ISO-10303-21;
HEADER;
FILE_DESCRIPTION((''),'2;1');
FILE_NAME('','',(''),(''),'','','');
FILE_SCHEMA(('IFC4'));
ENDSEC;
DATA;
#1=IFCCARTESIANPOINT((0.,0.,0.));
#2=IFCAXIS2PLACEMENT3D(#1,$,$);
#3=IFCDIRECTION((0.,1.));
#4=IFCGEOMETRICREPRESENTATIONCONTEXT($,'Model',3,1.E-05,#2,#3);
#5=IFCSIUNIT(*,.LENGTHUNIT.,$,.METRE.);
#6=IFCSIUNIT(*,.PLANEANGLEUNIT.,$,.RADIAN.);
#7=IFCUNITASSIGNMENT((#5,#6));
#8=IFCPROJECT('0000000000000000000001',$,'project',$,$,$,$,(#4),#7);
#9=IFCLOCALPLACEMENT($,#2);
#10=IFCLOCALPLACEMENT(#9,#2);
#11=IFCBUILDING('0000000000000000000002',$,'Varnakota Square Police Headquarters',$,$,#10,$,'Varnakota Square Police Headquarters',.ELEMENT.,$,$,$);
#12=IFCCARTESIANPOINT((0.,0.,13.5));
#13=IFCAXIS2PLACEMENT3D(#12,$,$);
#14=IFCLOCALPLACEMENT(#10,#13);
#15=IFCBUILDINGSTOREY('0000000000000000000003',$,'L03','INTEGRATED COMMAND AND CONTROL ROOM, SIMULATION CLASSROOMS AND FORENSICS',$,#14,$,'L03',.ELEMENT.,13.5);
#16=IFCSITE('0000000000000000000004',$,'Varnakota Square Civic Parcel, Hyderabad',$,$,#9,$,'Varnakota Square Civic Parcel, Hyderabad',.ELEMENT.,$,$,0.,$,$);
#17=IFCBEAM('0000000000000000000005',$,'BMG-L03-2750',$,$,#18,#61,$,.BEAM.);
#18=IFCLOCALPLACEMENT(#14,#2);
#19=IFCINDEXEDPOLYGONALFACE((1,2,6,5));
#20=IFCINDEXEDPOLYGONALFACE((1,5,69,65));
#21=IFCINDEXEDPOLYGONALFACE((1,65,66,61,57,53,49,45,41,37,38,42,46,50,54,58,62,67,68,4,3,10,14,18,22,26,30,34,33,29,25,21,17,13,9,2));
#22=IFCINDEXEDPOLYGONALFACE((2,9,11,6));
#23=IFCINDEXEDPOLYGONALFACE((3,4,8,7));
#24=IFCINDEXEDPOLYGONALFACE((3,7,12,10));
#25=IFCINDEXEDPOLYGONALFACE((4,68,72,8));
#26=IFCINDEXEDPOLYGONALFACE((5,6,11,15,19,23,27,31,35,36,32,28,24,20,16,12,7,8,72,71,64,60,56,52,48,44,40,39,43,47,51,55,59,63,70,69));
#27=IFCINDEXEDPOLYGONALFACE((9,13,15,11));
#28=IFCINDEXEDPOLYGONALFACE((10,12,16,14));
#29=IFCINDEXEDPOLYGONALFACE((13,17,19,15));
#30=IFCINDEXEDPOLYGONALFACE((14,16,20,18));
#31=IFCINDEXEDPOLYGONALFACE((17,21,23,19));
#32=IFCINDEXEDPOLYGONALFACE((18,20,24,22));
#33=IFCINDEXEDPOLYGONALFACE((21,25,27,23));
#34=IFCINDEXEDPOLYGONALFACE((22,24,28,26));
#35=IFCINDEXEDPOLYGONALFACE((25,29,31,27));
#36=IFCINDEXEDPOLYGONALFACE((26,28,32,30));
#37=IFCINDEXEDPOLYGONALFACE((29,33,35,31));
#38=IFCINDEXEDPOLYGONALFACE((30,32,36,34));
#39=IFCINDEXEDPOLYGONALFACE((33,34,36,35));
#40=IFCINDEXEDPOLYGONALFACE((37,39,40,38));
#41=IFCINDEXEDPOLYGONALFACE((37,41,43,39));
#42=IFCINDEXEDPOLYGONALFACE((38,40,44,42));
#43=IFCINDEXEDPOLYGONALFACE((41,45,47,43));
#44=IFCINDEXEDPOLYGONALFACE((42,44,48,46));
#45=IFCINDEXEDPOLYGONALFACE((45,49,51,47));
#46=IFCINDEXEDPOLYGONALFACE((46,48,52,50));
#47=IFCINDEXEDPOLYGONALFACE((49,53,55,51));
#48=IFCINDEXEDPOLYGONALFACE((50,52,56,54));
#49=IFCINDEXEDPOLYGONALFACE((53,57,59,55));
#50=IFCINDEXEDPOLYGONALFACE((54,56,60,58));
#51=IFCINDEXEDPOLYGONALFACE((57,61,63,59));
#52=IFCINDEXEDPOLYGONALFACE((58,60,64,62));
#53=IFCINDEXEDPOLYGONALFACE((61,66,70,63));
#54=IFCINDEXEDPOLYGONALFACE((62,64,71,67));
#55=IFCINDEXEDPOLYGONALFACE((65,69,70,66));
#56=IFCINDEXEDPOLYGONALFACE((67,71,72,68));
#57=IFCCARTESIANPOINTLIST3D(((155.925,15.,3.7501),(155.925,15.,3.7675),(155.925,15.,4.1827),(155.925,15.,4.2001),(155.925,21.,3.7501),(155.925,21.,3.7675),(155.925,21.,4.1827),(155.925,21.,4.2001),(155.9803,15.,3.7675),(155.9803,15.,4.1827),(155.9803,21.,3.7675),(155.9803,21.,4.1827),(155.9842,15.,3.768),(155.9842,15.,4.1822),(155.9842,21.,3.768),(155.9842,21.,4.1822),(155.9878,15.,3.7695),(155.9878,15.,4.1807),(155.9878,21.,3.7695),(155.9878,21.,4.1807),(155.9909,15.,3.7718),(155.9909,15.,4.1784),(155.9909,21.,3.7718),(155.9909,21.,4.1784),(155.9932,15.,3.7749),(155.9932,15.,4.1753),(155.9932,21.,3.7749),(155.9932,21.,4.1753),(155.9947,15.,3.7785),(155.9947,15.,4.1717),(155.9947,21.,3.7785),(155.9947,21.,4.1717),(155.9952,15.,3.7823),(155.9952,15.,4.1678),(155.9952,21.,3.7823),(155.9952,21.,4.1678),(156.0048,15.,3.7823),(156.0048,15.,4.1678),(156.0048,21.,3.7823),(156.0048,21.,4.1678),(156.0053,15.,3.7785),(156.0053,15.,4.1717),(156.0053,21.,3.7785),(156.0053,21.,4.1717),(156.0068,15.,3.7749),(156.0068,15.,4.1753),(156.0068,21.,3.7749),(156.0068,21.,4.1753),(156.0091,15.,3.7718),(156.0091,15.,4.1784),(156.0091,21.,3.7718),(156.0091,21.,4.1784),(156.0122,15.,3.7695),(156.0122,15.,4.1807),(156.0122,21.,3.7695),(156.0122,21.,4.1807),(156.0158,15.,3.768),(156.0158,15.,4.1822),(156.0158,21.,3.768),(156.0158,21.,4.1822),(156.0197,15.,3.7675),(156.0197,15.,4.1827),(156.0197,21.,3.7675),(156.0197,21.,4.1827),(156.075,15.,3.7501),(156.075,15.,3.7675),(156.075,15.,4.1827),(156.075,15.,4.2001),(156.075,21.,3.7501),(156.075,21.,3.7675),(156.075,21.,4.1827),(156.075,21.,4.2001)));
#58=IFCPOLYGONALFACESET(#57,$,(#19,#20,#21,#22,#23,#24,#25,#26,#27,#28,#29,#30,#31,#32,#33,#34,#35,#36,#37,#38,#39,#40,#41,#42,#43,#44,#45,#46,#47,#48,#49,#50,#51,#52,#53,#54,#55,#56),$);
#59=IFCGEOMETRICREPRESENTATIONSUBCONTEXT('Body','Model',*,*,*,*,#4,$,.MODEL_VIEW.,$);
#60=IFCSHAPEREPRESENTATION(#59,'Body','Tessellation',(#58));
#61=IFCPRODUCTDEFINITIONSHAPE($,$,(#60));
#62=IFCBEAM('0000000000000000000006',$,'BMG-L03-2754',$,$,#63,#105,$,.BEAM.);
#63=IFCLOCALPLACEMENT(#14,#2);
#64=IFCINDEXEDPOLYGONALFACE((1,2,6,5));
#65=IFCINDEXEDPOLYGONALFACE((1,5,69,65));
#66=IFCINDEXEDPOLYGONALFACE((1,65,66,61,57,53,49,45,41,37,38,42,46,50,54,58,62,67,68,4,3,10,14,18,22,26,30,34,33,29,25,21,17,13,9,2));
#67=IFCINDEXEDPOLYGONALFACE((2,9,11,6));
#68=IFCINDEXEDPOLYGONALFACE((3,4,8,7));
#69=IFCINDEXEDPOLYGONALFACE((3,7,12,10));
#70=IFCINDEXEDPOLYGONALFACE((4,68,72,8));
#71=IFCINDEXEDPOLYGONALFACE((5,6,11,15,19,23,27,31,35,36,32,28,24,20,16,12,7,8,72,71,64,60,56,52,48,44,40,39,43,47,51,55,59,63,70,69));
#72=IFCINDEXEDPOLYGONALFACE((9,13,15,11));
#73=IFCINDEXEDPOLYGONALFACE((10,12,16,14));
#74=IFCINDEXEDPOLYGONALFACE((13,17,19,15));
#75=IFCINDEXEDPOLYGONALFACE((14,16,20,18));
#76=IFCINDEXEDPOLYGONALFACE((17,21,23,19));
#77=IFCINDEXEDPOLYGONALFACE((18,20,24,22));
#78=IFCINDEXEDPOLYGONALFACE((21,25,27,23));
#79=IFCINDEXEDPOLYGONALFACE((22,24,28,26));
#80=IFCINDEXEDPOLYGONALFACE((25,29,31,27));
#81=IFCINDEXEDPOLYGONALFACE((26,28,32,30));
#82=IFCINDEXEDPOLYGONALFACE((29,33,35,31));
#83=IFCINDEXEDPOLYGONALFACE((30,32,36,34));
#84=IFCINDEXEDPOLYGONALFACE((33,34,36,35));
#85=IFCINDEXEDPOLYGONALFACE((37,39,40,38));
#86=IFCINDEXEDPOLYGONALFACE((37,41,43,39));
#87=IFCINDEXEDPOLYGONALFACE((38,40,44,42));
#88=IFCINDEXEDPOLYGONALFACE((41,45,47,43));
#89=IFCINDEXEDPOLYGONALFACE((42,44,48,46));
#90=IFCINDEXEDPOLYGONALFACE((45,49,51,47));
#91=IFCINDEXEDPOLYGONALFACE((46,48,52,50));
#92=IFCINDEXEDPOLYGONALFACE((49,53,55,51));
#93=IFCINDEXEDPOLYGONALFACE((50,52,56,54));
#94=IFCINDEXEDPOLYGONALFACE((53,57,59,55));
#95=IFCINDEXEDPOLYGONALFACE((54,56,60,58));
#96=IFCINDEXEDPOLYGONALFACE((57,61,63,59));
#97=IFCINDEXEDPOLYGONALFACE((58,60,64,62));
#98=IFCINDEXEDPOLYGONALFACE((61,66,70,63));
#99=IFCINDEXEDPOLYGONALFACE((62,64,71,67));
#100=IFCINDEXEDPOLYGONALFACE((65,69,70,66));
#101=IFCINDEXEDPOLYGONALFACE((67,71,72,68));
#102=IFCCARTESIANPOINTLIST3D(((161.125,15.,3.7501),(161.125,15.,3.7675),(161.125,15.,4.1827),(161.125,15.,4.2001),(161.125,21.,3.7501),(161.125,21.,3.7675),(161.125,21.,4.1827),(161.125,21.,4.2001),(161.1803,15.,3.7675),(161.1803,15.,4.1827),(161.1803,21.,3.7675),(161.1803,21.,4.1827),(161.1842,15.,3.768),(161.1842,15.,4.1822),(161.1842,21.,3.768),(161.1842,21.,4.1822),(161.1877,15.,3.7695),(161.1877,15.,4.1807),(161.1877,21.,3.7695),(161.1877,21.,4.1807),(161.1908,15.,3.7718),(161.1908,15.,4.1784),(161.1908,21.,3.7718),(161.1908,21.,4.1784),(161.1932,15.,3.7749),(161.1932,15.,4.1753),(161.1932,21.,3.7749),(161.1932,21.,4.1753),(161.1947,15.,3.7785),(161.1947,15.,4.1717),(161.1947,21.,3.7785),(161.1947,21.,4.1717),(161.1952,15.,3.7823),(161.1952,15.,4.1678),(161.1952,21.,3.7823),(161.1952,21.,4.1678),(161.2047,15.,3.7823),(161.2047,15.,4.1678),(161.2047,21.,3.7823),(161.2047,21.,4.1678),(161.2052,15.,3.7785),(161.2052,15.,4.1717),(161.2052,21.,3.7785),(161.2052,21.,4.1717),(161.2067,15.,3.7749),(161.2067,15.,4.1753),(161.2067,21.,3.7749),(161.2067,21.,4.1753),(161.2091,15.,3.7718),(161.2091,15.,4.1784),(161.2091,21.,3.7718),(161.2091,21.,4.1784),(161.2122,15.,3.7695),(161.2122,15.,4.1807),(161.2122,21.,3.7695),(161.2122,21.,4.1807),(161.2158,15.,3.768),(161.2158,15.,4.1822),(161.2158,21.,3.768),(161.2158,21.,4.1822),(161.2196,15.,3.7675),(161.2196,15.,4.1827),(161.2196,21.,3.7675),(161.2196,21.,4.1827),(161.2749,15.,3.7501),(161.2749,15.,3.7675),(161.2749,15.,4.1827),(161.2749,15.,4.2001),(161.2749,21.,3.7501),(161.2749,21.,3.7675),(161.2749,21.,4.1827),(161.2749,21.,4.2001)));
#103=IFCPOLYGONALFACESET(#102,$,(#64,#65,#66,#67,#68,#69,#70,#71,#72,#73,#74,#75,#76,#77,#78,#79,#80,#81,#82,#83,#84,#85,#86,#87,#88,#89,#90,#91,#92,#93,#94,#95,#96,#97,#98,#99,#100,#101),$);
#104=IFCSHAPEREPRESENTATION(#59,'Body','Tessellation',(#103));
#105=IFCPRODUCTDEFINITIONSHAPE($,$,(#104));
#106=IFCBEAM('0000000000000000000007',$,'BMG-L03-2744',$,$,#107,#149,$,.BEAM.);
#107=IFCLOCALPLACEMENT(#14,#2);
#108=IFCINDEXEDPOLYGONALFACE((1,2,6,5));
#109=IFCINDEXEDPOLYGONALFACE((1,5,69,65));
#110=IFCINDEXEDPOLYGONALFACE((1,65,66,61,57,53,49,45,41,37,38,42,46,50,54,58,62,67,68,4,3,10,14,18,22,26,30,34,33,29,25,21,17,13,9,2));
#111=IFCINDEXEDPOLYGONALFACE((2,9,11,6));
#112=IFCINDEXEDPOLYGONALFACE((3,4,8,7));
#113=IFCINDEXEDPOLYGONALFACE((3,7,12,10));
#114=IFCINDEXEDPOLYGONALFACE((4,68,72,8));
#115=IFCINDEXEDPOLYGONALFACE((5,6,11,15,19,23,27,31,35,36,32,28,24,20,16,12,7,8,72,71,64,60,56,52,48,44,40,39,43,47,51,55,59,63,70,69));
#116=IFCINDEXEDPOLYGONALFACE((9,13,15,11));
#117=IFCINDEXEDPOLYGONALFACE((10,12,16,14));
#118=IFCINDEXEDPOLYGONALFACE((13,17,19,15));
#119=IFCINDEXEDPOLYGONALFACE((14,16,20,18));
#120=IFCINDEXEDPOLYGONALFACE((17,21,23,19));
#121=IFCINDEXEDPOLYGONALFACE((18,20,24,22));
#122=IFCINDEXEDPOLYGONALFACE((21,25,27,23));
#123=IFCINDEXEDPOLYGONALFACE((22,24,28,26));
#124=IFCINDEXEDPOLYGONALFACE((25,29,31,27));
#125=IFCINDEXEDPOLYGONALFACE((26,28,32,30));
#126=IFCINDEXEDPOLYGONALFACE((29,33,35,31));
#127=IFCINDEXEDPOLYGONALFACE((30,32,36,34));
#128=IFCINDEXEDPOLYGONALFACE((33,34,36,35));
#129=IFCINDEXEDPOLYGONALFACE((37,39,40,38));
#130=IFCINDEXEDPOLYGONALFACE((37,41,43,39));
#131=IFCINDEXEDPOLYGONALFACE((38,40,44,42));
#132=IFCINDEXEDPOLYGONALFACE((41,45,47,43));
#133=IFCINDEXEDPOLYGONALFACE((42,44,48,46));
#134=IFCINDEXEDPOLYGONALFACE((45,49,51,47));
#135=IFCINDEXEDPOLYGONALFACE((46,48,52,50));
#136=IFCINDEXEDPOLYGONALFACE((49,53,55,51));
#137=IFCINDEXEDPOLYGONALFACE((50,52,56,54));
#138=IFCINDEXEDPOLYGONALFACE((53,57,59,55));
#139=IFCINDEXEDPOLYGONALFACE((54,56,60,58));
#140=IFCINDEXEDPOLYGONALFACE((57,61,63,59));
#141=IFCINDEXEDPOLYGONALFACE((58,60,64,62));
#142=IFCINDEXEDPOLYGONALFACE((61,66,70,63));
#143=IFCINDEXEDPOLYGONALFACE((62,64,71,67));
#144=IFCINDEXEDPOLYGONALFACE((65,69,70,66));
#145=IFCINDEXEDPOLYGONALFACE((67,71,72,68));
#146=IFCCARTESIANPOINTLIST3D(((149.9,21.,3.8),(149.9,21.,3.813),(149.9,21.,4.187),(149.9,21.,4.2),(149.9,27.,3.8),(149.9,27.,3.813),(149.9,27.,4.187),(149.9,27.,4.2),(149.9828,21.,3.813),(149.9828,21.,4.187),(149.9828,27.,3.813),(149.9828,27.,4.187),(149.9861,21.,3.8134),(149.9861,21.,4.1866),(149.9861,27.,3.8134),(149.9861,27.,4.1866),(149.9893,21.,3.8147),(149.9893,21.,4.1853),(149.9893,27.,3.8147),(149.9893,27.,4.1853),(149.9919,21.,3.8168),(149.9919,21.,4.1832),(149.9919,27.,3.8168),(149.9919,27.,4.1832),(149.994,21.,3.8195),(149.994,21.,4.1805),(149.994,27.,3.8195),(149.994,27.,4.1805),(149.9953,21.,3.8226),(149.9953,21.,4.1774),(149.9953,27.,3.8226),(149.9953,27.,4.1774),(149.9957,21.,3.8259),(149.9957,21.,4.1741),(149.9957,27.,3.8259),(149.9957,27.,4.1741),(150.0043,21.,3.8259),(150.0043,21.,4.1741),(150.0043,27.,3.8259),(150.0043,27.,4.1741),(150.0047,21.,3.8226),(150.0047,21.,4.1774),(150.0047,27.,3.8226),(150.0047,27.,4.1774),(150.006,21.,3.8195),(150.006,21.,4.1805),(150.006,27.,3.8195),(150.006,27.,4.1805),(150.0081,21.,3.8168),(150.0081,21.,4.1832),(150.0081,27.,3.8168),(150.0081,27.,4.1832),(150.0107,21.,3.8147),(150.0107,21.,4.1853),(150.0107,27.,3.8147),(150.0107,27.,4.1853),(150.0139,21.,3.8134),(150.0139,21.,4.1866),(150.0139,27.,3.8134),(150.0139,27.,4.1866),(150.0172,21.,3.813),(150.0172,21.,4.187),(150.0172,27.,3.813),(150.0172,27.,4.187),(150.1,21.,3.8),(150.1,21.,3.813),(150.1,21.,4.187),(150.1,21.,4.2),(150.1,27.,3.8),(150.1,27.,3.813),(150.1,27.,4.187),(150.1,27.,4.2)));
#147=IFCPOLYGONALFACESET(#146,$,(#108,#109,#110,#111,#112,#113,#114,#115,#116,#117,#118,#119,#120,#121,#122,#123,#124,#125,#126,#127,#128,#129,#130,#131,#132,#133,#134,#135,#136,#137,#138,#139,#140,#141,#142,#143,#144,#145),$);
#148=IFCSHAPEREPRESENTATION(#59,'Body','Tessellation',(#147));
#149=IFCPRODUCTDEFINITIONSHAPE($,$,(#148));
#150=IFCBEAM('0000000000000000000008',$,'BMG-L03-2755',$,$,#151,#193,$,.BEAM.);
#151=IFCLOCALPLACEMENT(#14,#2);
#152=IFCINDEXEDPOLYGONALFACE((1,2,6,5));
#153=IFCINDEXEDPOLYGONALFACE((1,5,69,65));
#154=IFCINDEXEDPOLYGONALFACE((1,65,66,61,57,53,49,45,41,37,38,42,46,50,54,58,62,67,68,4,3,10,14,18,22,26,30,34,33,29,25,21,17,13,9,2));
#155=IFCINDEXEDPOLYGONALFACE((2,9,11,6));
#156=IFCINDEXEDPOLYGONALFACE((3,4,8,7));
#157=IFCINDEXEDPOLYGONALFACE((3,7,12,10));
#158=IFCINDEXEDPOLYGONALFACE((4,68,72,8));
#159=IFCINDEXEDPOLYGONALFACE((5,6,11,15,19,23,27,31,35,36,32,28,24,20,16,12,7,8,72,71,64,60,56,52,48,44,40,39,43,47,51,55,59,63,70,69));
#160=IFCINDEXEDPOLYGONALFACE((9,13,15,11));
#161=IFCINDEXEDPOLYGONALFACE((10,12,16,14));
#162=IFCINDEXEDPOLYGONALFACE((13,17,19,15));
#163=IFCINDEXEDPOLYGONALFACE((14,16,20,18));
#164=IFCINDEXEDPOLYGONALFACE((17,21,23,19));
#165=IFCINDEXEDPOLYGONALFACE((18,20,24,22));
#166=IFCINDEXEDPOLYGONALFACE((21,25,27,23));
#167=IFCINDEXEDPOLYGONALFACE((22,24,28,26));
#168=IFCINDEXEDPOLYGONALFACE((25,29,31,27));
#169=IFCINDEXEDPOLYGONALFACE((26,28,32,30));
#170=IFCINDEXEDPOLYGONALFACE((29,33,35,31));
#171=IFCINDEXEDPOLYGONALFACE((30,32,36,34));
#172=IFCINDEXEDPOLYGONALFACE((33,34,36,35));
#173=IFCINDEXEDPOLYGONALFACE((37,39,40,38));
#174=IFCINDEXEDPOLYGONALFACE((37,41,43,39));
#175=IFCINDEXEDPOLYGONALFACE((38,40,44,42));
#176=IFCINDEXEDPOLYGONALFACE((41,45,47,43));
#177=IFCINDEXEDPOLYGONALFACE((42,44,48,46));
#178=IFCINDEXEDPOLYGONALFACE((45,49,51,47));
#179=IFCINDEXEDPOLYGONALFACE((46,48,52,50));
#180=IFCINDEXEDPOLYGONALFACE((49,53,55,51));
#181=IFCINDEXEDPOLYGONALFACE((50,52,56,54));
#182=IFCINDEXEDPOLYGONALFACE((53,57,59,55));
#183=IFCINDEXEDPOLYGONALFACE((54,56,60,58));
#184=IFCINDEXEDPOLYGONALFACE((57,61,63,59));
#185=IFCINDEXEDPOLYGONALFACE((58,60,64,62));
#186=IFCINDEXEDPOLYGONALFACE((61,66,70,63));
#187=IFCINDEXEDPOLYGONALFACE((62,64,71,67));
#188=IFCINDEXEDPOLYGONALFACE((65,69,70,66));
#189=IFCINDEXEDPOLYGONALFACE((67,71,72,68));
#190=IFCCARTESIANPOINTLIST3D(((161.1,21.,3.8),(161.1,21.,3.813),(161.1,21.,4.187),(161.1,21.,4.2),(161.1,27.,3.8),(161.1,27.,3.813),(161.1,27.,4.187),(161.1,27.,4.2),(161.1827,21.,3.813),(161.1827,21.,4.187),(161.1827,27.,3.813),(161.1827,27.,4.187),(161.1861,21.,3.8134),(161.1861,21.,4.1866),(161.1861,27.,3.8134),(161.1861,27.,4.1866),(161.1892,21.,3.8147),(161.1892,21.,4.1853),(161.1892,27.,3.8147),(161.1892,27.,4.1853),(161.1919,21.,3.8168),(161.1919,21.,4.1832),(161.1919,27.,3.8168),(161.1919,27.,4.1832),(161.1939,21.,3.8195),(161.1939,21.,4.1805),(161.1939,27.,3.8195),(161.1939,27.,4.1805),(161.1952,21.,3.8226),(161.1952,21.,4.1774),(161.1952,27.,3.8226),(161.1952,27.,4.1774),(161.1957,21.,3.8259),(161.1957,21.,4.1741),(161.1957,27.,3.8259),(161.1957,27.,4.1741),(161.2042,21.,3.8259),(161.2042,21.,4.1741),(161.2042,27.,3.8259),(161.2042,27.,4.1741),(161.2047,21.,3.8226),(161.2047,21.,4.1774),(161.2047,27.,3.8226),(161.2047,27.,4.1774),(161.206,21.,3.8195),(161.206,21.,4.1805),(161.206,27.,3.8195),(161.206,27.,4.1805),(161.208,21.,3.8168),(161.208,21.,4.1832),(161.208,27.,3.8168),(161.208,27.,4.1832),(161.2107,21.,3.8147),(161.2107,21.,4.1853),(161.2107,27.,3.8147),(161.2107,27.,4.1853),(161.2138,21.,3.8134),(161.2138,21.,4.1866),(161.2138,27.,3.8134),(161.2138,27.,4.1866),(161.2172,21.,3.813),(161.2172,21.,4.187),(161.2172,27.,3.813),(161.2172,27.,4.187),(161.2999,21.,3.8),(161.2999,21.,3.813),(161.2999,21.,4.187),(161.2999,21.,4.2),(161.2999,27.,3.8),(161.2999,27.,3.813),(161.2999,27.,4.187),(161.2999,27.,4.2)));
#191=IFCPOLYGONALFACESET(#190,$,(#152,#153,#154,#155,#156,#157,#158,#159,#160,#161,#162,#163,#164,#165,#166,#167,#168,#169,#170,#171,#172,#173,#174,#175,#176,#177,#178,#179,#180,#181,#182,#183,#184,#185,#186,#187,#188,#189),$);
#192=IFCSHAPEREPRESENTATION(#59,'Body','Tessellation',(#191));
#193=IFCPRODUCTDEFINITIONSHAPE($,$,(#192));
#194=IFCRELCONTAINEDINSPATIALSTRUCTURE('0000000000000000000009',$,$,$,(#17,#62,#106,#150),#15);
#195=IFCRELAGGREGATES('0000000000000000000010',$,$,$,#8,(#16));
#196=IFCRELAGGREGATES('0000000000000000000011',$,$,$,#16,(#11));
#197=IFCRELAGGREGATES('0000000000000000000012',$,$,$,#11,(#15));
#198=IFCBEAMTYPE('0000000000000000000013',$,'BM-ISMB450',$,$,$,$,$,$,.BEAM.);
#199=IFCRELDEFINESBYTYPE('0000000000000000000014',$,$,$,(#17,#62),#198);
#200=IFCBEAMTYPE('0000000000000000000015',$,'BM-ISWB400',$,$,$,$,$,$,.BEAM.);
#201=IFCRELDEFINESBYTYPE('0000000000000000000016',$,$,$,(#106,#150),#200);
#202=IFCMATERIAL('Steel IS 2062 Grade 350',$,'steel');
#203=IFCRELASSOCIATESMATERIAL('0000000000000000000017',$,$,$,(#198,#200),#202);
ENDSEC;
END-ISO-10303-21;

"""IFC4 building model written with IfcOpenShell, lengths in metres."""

from ifc_helpers import new_model, si_unit, direction, frame, origin, origin_2d, place, context, subcontext, project, spatial, i_section, extrude, material, material_profile, profile_set, type_object, element, save


model = new_model("IFC4")

# Units and contexts
model_context = context("Model", 3, precision=1e-05, world=origin(), true_north=direction((0.0, 1.0)))
body_context = subcontext(model_context, "Body", "Model", "MODEL_VIEW")
ifc_project = project(units=[si_unit("LENGTHUNIT", "METRE"), si_unit("PLANEANGLEUNIT", "RADIAN")], contexts=[model_context])

# Site, building, storey
site_placement = place(None, origin())
site = spatial("IfcSite", under=ifc_project, at=site_placement, Name="Varnakota Square Civic Parcel, Hyderabad", LongName="Varnakota Square Civic Parcel, Hyderabad", CompositionType="ELEMENT", RefElevation=0.0)
building_placement = place(site_placement, origin())
building = spatial("IfcBuilding", under=site, at=building_placement, Name="Varnakota Square Police Headquarters", LongName="Varnakota Square Police Headquarters", CompositionType="ELEMENT")
storey_placement = place(building_placement, frame((0.0, 0.0, 13.5)))
storey = spatial("IfcBuildingStorey", under=building, at=storey_placement, Name="L03", Description="INTEGRATED COMMAND AND CONTROL ROOM, SIMULATION CLASSROOMS AND FORENSICS", LongName="L03", CompositionType="ELEMENT", Elevation=13.5)

# Shared definitions
ifc_material_1 = material(Name="Steel IS 2062 Grade 350", Category="steel")

# Beams
ifc_material_profile_1 = material_profile(ifc_material_1, i_section(OverallWidth=0.1499, OverallDepth=0.45, WebThickness=0.0095, FlangeThickness=0.0173, FilletRadius=0.0149, at=origin_2d()), Name="ISMB 450")
ifc_profile_set_1 = profile_set([ifc_material_profile_1], Name="Steel IS 2062 Grade 350")
beam_type_1 = type_object("IfcBeamType", Name="BM-ISMB450", PredefinedType="BEAM", material=ifc_profile_set_1)
for number, where, z_axis, x_axis, name in (
    (1, (156.0, 15.0, 3.9751), (0.0, 1.0, 0.0), (-1.0, 0.0, 0.0), "BMG-L03-2750"),
    (2, (161.2, 15.0, 3.9751), (0.0, 1.0, 0.0), (-1.0, 0.0, 0.0), "BMG-L03-2754"),
):
    element("IfcBeam", number, at=place(storey_placement, frame(where, z_axis=z_axis, x_axis=x_axis)), inside=storey, type_object=beam_type_1, Name=name, PredefinedType="BEAM", context=body_context, shape_type="SweptSolid", body=[
        extrude(i_section(OverallWidth=0.1499, OverallDepth=0.45, WebThickness=0.0095, FlangeThickness=0.0173, FilletRadius=0.0149, at=origin_2d()), origin(), (0.0, 0.0, 1.0), 6.0),
    ])
ifc_material_profile_2 = material_profile(ifc_material_1, i_section(OverallWidth=0.2, OverallDepth=0.3999, WebThickness=0.0085, FlangeThickness=0.0129, FilletRadius=0.0129, at=origin_2d()), Name="ISWB 400")
ifc_profile_set_2 = profile_set([ifc_material_profile_2], Name="Steel IS 2062 Grade 350")
beam_type_2 = type_object("IfcBeamType", Name="BM-ISWB400", PredefinedType="BEAM", material=ifc_profile_set_2)
for number, where, z_axis, x_axis, name in (
    (3, (150.0, 21.0, 4.0), (0.0, 1.0, 0.0), (-1.0, 0.0, 0.0), "BMG-L03-2744"),
    (4, (161.2, 21.0, 4.0), (0.0, 1.0, 0.0), (-1.0, 0.0, 0.0), "BMG-L03-2755"),
):
    element("IfcBeam", number, at=place(storey_placement, frame(where, z_axis=z_axis, x_axis=x_axis)), inside=storey, type_object=beam_type_2, Name=name, PredefinedType="BEAM", context=body_context, shape_type="SweptSolid", body=[
        extrude(i_section(OverallWidth=0.2, OverallDepth=0.3999, WebThickness=0.0085, FlangeThickness=0.0129, FilletRadius=0.0129, at=origin_2d()), origin(), (0.0, 0.0, 1.0), 6.0),
    ])

save(model, "model.ifc")
